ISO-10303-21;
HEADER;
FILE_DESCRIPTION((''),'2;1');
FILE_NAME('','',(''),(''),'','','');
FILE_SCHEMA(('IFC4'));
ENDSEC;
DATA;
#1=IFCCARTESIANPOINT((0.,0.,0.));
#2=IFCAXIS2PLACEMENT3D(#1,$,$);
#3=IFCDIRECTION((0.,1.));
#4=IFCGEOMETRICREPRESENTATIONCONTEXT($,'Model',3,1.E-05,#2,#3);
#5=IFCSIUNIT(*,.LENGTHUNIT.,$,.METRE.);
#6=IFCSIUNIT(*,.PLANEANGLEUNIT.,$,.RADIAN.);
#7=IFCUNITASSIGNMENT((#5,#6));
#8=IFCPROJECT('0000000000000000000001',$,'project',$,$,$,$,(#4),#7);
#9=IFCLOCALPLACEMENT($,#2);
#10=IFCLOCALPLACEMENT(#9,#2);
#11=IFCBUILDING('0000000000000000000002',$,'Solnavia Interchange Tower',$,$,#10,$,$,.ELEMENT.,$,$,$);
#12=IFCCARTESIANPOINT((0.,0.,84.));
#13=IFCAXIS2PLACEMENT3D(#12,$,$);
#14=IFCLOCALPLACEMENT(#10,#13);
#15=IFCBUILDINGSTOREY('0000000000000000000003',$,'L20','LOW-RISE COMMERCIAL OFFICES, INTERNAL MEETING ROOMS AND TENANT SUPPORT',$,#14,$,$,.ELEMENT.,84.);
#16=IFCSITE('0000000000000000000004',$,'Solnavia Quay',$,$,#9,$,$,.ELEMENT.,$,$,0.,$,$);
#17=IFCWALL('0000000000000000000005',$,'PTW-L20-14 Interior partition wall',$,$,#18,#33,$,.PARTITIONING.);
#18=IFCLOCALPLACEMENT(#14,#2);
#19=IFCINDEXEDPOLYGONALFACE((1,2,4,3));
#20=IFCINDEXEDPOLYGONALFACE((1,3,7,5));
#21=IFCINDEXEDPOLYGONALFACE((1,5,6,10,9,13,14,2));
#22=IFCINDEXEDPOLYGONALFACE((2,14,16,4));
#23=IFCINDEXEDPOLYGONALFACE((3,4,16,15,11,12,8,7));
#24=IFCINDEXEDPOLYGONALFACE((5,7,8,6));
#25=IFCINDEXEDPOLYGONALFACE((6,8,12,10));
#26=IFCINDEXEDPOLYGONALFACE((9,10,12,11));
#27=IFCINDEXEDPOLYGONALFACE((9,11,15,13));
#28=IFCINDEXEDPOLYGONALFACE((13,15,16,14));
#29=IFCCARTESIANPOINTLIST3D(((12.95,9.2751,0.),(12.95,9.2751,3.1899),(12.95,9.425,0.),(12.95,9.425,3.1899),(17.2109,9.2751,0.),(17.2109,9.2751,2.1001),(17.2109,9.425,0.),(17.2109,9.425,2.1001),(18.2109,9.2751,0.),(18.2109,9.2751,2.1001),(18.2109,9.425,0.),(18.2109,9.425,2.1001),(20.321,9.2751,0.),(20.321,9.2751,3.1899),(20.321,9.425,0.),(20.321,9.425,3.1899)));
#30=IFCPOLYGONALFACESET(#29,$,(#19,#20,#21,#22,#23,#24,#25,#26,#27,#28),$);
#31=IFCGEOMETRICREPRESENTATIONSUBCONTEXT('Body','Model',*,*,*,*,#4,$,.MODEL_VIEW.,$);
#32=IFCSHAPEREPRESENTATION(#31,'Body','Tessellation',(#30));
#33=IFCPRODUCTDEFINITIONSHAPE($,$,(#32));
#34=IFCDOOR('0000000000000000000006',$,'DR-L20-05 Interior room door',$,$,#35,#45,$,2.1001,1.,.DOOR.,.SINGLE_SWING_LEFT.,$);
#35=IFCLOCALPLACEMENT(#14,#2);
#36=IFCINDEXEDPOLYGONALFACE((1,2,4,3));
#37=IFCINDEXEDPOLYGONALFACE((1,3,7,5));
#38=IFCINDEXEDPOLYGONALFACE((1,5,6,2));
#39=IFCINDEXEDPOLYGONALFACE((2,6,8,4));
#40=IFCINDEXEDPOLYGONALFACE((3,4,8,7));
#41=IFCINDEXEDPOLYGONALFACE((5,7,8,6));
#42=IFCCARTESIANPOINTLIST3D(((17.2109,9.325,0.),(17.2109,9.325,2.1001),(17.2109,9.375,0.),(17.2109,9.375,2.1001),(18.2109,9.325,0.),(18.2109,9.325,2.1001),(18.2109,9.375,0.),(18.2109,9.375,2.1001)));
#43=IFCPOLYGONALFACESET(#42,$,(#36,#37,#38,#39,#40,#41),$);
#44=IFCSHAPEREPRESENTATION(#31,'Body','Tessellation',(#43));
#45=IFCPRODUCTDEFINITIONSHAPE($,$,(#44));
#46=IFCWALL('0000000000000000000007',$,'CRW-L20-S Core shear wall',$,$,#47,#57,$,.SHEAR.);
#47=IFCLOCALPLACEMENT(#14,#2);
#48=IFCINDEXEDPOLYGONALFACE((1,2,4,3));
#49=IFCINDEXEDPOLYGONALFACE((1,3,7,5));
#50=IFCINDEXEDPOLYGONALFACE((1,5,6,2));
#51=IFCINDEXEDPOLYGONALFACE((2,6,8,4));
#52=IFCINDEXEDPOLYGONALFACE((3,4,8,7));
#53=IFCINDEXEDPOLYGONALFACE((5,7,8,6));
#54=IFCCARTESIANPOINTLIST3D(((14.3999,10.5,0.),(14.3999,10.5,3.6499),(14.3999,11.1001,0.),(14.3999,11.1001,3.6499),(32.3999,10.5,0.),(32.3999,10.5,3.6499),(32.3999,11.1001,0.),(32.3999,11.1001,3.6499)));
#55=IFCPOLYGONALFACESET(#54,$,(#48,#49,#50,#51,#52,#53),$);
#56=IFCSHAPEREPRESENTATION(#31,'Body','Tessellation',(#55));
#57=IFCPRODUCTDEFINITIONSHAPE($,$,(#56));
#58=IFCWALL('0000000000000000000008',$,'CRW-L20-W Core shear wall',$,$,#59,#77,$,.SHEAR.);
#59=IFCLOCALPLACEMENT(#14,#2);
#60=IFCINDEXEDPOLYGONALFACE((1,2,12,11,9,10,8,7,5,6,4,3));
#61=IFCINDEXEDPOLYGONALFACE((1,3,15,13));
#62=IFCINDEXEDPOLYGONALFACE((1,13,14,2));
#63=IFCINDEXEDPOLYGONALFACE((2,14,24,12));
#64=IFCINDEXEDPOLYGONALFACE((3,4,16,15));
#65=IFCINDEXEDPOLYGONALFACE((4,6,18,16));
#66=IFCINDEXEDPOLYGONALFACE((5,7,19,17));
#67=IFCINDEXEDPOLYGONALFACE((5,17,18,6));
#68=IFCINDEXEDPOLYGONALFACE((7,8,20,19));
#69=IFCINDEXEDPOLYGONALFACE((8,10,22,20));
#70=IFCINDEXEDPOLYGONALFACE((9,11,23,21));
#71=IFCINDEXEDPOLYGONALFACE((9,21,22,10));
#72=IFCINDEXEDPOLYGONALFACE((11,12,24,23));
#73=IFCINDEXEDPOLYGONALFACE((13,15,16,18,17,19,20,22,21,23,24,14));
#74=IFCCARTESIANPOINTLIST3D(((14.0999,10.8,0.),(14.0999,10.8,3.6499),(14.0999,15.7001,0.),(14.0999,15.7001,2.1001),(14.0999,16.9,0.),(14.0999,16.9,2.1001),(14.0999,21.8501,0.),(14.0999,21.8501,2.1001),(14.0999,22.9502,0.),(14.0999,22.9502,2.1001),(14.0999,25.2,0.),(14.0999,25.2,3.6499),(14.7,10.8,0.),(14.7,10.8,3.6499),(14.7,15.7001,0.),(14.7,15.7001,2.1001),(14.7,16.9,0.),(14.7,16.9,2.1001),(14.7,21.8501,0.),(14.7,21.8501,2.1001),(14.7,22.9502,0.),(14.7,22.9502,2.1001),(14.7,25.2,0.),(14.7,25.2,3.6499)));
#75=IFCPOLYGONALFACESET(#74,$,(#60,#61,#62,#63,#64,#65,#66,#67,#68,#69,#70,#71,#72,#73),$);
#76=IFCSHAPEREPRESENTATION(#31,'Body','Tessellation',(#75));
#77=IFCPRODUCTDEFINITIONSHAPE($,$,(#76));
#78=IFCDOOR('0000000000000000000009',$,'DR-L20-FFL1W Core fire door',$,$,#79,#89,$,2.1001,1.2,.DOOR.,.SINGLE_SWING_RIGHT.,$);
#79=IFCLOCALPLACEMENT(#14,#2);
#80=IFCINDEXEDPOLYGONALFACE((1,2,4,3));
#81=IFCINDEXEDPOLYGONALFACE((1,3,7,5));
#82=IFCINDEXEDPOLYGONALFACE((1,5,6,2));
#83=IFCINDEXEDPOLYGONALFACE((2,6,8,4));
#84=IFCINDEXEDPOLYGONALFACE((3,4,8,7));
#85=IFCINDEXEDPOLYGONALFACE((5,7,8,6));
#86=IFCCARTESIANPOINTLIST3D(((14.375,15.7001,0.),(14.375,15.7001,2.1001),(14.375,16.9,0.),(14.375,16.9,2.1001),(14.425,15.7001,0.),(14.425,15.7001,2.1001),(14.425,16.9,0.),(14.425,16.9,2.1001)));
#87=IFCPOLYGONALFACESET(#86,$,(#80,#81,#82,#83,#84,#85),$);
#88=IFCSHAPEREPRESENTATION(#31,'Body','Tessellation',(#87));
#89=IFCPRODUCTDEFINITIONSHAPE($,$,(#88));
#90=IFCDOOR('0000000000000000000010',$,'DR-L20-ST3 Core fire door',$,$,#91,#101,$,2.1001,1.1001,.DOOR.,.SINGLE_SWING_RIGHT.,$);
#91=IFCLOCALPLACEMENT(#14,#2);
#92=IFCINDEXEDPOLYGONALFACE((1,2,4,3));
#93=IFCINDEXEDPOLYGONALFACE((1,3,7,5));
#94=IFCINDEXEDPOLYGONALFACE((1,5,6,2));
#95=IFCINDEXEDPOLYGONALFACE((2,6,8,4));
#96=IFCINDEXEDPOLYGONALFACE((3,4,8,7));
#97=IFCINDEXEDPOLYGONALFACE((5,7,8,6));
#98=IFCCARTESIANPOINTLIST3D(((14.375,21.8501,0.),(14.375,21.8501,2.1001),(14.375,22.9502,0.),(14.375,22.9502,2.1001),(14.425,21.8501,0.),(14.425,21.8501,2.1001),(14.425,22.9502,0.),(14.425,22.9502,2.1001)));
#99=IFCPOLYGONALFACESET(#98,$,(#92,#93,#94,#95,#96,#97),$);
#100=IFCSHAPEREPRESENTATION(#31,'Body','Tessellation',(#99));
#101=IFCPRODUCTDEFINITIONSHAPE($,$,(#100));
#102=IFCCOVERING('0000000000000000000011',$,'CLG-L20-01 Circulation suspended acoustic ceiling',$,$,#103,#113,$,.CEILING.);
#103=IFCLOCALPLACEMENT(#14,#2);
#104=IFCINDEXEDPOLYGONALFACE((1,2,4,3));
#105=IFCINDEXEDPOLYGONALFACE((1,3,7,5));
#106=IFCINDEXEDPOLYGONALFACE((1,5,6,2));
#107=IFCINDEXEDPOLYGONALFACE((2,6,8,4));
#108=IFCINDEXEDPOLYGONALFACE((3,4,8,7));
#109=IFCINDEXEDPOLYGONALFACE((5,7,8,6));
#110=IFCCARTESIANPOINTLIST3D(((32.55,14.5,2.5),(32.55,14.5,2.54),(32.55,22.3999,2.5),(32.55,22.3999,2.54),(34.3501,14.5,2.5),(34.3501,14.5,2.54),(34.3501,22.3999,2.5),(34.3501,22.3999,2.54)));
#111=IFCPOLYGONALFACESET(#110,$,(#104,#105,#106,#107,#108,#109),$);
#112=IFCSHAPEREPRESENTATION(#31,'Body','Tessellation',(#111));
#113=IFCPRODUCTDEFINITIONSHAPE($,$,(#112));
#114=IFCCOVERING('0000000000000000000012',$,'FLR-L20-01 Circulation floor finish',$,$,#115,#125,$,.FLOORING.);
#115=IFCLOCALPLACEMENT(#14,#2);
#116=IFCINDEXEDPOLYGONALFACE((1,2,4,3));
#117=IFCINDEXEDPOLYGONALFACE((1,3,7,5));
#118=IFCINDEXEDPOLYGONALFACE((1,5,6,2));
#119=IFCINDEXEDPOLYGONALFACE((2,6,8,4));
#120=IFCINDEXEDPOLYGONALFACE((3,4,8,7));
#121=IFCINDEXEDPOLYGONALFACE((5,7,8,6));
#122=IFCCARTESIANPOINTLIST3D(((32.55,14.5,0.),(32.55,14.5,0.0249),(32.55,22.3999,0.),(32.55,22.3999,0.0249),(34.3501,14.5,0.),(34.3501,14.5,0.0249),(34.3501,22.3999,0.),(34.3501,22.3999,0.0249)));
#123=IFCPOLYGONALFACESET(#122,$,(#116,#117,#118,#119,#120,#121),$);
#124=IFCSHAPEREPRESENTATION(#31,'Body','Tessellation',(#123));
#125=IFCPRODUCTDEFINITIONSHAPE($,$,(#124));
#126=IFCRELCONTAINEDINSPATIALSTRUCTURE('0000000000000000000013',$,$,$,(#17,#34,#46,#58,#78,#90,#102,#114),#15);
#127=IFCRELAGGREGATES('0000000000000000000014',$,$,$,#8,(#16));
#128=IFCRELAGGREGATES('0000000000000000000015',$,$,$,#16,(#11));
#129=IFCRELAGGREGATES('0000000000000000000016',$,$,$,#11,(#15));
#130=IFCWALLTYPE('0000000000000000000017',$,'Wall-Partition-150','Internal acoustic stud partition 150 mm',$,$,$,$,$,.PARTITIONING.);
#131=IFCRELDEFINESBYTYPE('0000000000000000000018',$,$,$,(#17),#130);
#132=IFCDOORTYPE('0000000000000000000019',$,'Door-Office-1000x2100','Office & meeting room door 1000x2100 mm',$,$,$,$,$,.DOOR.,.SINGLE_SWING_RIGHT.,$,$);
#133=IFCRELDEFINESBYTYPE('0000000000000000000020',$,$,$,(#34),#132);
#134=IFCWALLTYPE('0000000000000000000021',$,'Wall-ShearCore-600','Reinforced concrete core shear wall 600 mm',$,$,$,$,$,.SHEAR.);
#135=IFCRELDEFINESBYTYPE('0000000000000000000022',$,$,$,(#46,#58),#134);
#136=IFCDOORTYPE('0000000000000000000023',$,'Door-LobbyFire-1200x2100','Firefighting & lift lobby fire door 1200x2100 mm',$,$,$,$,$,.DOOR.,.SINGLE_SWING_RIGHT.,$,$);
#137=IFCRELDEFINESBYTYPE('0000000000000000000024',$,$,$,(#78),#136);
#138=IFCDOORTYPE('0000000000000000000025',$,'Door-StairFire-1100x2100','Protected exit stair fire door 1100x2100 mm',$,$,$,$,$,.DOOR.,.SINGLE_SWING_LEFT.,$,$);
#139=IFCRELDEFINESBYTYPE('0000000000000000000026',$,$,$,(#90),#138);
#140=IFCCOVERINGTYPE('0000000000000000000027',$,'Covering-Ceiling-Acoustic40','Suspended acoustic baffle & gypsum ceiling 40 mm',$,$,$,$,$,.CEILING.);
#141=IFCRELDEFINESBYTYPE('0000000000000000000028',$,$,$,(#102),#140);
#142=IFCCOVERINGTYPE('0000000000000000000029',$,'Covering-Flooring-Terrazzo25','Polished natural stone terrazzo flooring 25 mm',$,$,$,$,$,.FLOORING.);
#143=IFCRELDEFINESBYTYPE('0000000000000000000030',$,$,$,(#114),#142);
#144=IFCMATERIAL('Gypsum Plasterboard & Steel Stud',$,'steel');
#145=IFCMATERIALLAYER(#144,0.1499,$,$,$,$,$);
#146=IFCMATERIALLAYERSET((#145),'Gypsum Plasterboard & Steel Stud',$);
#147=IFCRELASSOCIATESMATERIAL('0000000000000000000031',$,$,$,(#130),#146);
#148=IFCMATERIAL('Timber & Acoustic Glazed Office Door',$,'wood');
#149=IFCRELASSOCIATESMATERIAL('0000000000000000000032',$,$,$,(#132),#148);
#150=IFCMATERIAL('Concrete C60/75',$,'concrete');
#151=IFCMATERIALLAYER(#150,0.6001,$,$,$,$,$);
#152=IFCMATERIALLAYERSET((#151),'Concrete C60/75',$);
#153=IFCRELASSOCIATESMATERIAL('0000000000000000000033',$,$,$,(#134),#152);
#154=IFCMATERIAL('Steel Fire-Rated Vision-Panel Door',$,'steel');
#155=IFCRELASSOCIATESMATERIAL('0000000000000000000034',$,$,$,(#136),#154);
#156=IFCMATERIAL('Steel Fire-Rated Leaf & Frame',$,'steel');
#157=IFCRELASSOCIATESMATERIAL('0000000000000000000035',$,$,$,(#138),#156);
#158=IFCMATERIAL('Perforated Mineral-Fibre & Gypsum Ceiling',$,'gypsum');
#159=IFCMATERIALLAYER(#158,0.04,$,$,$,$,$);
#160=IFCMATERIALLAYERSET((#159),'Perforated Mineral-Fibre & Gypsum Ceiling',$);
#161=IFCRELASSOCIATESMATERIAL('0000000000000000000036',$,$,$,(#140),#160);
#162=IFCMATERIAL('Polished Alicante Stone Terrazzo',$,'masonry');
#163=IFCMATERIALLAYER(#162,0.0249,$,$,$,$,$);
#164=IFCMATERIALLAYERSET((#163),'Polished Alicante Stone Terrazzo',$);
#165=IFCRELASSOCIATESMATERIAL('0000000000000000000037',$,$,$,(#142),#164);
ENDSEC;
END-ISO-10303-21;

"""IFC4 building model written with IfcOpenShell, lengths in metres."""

from ifc_helpers import new_model, si_unit, direction, frame, frame_2d, origin, place, context, subcontext, project, spatial, polyline, rectangle, outline, extrude, material, layer, layer_set, type_object, element, fill, save


model = new_model("IFC4")

# Units and contexts
model_context = context("Model", 3, precision=1e-05, world=origin(), true_north=direction((0.0, 1.0)))
body_context = subcontext(model_context, "Body", "Model", "MODEL_VIEW")
ifc_project = project(units=[si_unit("LENGTHUNIT", "METRE"), si_unit("PLANEANGLEUNIT", "RADIAN")], contexts=[model_context])

# Site, building, storey
site_placement = place(None, origin())
site = spatial("IfcSite", under=ifc_project, at=site_placement, Name="Solnavia Quay", CompositionType="ELEMENT", RefElevation=0.0)
building_placement = place(site_placement, origin())
building = spatial("IfcBuilding", under=site, at=building_placement, Name="Solnavia Interchange Tower", CompositionType="ELEMENT")
storey_placement = place(building_placement, frame((0.0, 0.0, 84.0)))
storey = spatial("IfcBuildingStorey", under=building, at=storey_placement, Name="L20", Description="LOW-RISE COMMERCIAL OFFICES, INTERNAL MEETING ROOMS AND TENANT SUPPORT", CompositionType="ELEMENT", Elevation=84.0)

# Shared definitions
ifc_material_1 = material(Name="Concrete C60/75", Category="concrete")

# Shared definitions
ifc_material_2 = material(Name="Gypsum Plasterboard & Steel Stud", Category="steel")
ifc_layer_1 = layer(ifc_material_2, 0.1499)
ifc_layer_set_1 = layer_set([ifc_layer_1], Name="Gypsum Plasterboard & Steel Stud")
wall_type_1 = type_object("IfcWallType", Name="Wall-Partition-150", Description="Internal acoustic stud partition 150 mm", PredefinedType="PARTITIONING", material=ifc_layer_set_1)

# Wall, opening, door
ifc_material_3 = material(Name="Timber & Acoustic Glazed Office Door", Category="wood")
door_type_1 = type_object("IfcDoorType", Name="Door-Office-1000x2100", Description="Office & meeting room door 1000x2100 mm", OperationType="SINGLE_SWING_RIGHT", PredefinedType="DOOR", material=ifc_material_3)
wall_1_placement = place(storey_placement, frame((12.95, 9.3501, 0.0), z_axis=(0.0, 0.0, 1.0), x_axis=(1.0, 0.0, 0.0)))
wall_1 = element("IfcWall", 1, at=wall_1_placement, inside=storey, type_object=wall_type_1, Name="PTW-L20-14 Interior partition wall", PredefinedType="PARTITIONING", context=body_context, shape_type="SweptSolid", body=[
    extrude(rectangle(XDim=7.3711, YDim=0.1499, at=frame_2d((3.6855, 0.0))), origin(), (0.0, 0.0, 1.0), 3.1899),
])
opening_1_placement = place(wall_1_placement, frame((4.261, 0.0, 0.0)))
opening_1 = element("IfcOpeningElement", 2, at=opening_1_placement, cuts=wall_1, PredefinedType="OPENING", context=body_context, shape_type="SweptSolid", body=[
    extrude(rectangle(XDim=1.0, YDim=2.1001, at=frame_2d((0.5, 1.05))), frame((0.0, 0.085, 0.0), z_axis=(0.0, -1.0, 0.0), x_axis=(1.0, 0.0, 0.0)), (0.0, 0.0, 1.0), 0.1699),
])
door_1_placement = place(opening_1_placement, origin())
door_1 = element("IfcDoor", 3, at=door_1_placement, inside=storey, type_object=door_type_1, Name="DR-L20-05 Interior room door", OperationType="SINGLE_SWING_LEFT", OverallHeight=2.1001, OverallWidth=1.0, PredefinedType="DOOR", context=body_context, shape_type="SweptSolid", body=[
    extrude(rectangle(XDim=1.0, YDim=2.1001, at=frame_2d((0.5, 1.05))), frame((0.0, 0.0249, 0.0), z_axis=(0.0, -1.0, 0.0), x_axis=(1.0, 0.0, 0.0)), (0.0, 0.0, 1.0), 0.05),
])
fill(opening_1, door_1)

# Wall
ifc_layer_2 = layer(ifc_material_1, 0.6001)
ifc_layer_set_2 = layer_set([ifc_layer_2], Name="Concrete C60/75")
wall_type_2 = type_object("IfcWallType", Name="Wall-ShearCore-600", Description="Reinforced concrete core shear wall 600 mm", PredefinedType="SHEAR", material=ifc_layer_set_2)
wall_2_placement = place(storey_placement, frame((14.3999, 10.8, 0.0), z_axis=(0.0, 0.0, 1.0), x_axis=(1.0, 0.0, 0.0)))
element("IfcWall", 4, at=wall_2_placement, inside=storey, type_object=wall_type_2, Name="CRW-L20-S Core shear wall", PredefinedType="SHEAR", context=body_context, shape_type="SweptSolid", body=[
    extrude(rectangle(XDim=18.0, YDim=0.6001, at=frame_2d((9.0, 0.0))), origin(), (0.0, 0.0, 1.0), 3.6499),
])

# Wall, openings, doors
wall_3_placement = place(storey_placement, frame((14.3999, 10.8, 0.0), z_axis=(0.0, 0.0, 1.0), x_axis=(0.0, 1.0, 0.0)))
wall_3 = element("IfcWall", 5, at=wall_3_placement, inside=storey, type_object=wall_type_2, Name="CRW-L20-W Core shear wall", PredefinedType="SHEAR", context=body_context, shape_type="SweptSolid", body=[
    extrude(rectangle(XDim=14.3999, YDim=0.6001, at=frame_2d((7.2, 0.0))), origin(), (0.0, 0.0, 1.0), 3.6499),
])
opening_2_placement = place(wall_3_placement, frame((11.05, 0.0, 0.0)))
opening_2 = element("IfcOpeningElement", 6, at=opening_2_placement, cuts=wall_3, PredefinedType="OPENING", context=body_context, shape_type="SweptSolid", body=[
    extrude(rectangle(XDim=1.1001, YDim=2.1001, at=frame_2d((0.55, 1.05))), frame((0.0, 0.3101, 0.0), z_axis=(0.0, -1.0, 0.0), x_axis=(1.0, 0.0, 0.0)), (0.0, 0.0, 1.0), 0.6201),
])
opening_3_placement = place(wall_3_placement, frame((4.8999, 0.0, 0.0)))
opening_3 = element("IfcOpeningElement", 7, at=opening_3_placement, cuts=wall_3, PredefinedType="OPENING", context=body_context, shape_type="SweptSolid", body=[
    extrude(rectangle(XDim=1.2, YDim=2.1001, at=frame_2d((0.6001, 1.05))), frame((0.0, 0.3101, 0.0), z_axis=(0.0, -1.0, 0.0), x_axis=(1.0, 0.0, 0.0)), (0.0, 0.0, 1.0), 0.6201),
])
ifc_material_4 = material(Name="Steel Fire-Rated Vision-Panel Door", Category="steel")
door_type_2 = type_object("IfcDoorType", Name="Door-LobbyFire-1200x2100", Description="Firefighting & lift lobby fire door 1200x2100 mm", OperationType="SINGLE_SWING_RIGHT", PredefinedType="DOOR", material=ifc_material_4)
door_2_placement = place(opening_3_placement, origin())
door_2 = element("IfcDoor", 8, at=door_2_placement, inside=storey, type_object=door_type_2, Name="DR-L20-FFL1W Core fire door", OperationType="SINGLE_SWING_RIGHT", OverallHeight=2.1001, OverallWidth=1.2, PredefinedType="DOOR", context=body_context, shape_type="SweptSolid", body=[
    extrude(rectangle(XDim=1.2, YDim=2.1001, at=frame_2d((0.6001, 1.05))), frame((0.0, 0.0249, 0.0), z_axis=(0.0, -1.0, 0.0), x_axis=(1.0, 0.0, 0.0)), (0.0, 0.0, 1.0), 0.05),
])
fill(opening_3, door_2)
ifc_material_5 = material(Name="Steel Fire-Rated Leaf & Frame", Category="steel")
door_type_3 = type_object("IfcDoorType", Name="Door-StairFire-1100x2100", Description="Protected exit stair fire door 1100x2100 mm", OperationType="SINGLE_SWING_LEFT", PredefinedType="DOOR", material=ifc_material_5)
door_3_placement = place(opening_2_placement, origin())
door_3 = element("IfcDoor", 9, at=door_3_placement, inside=storey, type_object=door_type_3, Name="DR-L20-ST3 Core fire door", OperationType="SINGLE_SWING_RIGHT", OverallHeight=2.1001, OverallWidth=1.1001, PredefinedType="DOOR", context=body_context, shape_type="SweptSolid", body=[
    extrude(rectangle(XDim=1.1001, YDim=2.1001, at=frame_2d((0.55, 1.05))), frame((0.0, 0.0249, 0.0), z_axis=(0.0, -1.0, 0.0), x_axis=(1.0, 0.0, 0.0)), (0.0, 0.0, 1.0), 0.05),
])
fill(opening_2, door_3)

# Coverings
ifc_material_6 = material(Name="Perforated Mineral-Fibre & Gypsum Ceiling", Category="gypsum")
ifc_layer_3 = layer(ifc_material_6, 0.04)
ifc_layer_set_3 = layer_set([ifc_layer_3], Name="Perforated Mineral-Fibre & Gypsum Ceiling")
covering_type_1 = type_object("IfcCoveringType", Name="Covering-Ceiling-Acoustic40", Description="Suspended acoustic baffle & gypsum ceiling 40 mm", PredefinedType="CEILING", material=ifc_layer_set_3)
covering_1_placement = place(storey_placement, frame((0.0, 0.0, 2.5)))
element("IfcCovering", 10, at=covering_1_placement, inside=storey, type_object=covering_type_1, Name="CLG-L20-01 Circulation suspended acoustic ceiling", PredefinedType="CEILING", context=body_context, shape_type="SweptSolid", body=[
    extrude(outline(polyline([(32.55, 14.5), (34.3501, 14.5), (34.3501, 22.3999), (32.55, 22.3999), (32.55, 14.5)])), origin(), (0.0, 0.0, 1.0), 0.04),
])
ifc_material_7 = material(Name="Polished Alicante Stone Terrazzo", Category="masonry")
ifc_layer_4 = layer(ifc_material_7, 0.0249)
ifc_layer_set_4 = layer_set([ifc_layer_4], Name="Polished Alicante Stone Terrazzo")
covering_type_2 = type_object("IfcCoveringType", Name="Covering-Flooring-Terrazzo25", Description="Polished natural stone terrazzo flooring 25 mm", PredefinedType="FLOORING", material=ifc_layer_set_4)
covering_2_placement = place(storey_placement, origin())
element("IfcCovering", 11, at=covering_2_placement, inside=storey, type_object=covering_type_2, Name="FLR-L20-01 Circulation floor finish", PredefinedType="FLOORING", context=body_context, shape_type="SweptSolid", body=[
    extrude(outline(polyline([(32.55, 14.5), (34.3501, 14.5), (34.3501, 22.3999), (32.55, 22.3999), (32.55, 14.5)])), origin(), (0.0, 0.0, 1.0), 0.0249),
])

save(model, "model.ifc")
